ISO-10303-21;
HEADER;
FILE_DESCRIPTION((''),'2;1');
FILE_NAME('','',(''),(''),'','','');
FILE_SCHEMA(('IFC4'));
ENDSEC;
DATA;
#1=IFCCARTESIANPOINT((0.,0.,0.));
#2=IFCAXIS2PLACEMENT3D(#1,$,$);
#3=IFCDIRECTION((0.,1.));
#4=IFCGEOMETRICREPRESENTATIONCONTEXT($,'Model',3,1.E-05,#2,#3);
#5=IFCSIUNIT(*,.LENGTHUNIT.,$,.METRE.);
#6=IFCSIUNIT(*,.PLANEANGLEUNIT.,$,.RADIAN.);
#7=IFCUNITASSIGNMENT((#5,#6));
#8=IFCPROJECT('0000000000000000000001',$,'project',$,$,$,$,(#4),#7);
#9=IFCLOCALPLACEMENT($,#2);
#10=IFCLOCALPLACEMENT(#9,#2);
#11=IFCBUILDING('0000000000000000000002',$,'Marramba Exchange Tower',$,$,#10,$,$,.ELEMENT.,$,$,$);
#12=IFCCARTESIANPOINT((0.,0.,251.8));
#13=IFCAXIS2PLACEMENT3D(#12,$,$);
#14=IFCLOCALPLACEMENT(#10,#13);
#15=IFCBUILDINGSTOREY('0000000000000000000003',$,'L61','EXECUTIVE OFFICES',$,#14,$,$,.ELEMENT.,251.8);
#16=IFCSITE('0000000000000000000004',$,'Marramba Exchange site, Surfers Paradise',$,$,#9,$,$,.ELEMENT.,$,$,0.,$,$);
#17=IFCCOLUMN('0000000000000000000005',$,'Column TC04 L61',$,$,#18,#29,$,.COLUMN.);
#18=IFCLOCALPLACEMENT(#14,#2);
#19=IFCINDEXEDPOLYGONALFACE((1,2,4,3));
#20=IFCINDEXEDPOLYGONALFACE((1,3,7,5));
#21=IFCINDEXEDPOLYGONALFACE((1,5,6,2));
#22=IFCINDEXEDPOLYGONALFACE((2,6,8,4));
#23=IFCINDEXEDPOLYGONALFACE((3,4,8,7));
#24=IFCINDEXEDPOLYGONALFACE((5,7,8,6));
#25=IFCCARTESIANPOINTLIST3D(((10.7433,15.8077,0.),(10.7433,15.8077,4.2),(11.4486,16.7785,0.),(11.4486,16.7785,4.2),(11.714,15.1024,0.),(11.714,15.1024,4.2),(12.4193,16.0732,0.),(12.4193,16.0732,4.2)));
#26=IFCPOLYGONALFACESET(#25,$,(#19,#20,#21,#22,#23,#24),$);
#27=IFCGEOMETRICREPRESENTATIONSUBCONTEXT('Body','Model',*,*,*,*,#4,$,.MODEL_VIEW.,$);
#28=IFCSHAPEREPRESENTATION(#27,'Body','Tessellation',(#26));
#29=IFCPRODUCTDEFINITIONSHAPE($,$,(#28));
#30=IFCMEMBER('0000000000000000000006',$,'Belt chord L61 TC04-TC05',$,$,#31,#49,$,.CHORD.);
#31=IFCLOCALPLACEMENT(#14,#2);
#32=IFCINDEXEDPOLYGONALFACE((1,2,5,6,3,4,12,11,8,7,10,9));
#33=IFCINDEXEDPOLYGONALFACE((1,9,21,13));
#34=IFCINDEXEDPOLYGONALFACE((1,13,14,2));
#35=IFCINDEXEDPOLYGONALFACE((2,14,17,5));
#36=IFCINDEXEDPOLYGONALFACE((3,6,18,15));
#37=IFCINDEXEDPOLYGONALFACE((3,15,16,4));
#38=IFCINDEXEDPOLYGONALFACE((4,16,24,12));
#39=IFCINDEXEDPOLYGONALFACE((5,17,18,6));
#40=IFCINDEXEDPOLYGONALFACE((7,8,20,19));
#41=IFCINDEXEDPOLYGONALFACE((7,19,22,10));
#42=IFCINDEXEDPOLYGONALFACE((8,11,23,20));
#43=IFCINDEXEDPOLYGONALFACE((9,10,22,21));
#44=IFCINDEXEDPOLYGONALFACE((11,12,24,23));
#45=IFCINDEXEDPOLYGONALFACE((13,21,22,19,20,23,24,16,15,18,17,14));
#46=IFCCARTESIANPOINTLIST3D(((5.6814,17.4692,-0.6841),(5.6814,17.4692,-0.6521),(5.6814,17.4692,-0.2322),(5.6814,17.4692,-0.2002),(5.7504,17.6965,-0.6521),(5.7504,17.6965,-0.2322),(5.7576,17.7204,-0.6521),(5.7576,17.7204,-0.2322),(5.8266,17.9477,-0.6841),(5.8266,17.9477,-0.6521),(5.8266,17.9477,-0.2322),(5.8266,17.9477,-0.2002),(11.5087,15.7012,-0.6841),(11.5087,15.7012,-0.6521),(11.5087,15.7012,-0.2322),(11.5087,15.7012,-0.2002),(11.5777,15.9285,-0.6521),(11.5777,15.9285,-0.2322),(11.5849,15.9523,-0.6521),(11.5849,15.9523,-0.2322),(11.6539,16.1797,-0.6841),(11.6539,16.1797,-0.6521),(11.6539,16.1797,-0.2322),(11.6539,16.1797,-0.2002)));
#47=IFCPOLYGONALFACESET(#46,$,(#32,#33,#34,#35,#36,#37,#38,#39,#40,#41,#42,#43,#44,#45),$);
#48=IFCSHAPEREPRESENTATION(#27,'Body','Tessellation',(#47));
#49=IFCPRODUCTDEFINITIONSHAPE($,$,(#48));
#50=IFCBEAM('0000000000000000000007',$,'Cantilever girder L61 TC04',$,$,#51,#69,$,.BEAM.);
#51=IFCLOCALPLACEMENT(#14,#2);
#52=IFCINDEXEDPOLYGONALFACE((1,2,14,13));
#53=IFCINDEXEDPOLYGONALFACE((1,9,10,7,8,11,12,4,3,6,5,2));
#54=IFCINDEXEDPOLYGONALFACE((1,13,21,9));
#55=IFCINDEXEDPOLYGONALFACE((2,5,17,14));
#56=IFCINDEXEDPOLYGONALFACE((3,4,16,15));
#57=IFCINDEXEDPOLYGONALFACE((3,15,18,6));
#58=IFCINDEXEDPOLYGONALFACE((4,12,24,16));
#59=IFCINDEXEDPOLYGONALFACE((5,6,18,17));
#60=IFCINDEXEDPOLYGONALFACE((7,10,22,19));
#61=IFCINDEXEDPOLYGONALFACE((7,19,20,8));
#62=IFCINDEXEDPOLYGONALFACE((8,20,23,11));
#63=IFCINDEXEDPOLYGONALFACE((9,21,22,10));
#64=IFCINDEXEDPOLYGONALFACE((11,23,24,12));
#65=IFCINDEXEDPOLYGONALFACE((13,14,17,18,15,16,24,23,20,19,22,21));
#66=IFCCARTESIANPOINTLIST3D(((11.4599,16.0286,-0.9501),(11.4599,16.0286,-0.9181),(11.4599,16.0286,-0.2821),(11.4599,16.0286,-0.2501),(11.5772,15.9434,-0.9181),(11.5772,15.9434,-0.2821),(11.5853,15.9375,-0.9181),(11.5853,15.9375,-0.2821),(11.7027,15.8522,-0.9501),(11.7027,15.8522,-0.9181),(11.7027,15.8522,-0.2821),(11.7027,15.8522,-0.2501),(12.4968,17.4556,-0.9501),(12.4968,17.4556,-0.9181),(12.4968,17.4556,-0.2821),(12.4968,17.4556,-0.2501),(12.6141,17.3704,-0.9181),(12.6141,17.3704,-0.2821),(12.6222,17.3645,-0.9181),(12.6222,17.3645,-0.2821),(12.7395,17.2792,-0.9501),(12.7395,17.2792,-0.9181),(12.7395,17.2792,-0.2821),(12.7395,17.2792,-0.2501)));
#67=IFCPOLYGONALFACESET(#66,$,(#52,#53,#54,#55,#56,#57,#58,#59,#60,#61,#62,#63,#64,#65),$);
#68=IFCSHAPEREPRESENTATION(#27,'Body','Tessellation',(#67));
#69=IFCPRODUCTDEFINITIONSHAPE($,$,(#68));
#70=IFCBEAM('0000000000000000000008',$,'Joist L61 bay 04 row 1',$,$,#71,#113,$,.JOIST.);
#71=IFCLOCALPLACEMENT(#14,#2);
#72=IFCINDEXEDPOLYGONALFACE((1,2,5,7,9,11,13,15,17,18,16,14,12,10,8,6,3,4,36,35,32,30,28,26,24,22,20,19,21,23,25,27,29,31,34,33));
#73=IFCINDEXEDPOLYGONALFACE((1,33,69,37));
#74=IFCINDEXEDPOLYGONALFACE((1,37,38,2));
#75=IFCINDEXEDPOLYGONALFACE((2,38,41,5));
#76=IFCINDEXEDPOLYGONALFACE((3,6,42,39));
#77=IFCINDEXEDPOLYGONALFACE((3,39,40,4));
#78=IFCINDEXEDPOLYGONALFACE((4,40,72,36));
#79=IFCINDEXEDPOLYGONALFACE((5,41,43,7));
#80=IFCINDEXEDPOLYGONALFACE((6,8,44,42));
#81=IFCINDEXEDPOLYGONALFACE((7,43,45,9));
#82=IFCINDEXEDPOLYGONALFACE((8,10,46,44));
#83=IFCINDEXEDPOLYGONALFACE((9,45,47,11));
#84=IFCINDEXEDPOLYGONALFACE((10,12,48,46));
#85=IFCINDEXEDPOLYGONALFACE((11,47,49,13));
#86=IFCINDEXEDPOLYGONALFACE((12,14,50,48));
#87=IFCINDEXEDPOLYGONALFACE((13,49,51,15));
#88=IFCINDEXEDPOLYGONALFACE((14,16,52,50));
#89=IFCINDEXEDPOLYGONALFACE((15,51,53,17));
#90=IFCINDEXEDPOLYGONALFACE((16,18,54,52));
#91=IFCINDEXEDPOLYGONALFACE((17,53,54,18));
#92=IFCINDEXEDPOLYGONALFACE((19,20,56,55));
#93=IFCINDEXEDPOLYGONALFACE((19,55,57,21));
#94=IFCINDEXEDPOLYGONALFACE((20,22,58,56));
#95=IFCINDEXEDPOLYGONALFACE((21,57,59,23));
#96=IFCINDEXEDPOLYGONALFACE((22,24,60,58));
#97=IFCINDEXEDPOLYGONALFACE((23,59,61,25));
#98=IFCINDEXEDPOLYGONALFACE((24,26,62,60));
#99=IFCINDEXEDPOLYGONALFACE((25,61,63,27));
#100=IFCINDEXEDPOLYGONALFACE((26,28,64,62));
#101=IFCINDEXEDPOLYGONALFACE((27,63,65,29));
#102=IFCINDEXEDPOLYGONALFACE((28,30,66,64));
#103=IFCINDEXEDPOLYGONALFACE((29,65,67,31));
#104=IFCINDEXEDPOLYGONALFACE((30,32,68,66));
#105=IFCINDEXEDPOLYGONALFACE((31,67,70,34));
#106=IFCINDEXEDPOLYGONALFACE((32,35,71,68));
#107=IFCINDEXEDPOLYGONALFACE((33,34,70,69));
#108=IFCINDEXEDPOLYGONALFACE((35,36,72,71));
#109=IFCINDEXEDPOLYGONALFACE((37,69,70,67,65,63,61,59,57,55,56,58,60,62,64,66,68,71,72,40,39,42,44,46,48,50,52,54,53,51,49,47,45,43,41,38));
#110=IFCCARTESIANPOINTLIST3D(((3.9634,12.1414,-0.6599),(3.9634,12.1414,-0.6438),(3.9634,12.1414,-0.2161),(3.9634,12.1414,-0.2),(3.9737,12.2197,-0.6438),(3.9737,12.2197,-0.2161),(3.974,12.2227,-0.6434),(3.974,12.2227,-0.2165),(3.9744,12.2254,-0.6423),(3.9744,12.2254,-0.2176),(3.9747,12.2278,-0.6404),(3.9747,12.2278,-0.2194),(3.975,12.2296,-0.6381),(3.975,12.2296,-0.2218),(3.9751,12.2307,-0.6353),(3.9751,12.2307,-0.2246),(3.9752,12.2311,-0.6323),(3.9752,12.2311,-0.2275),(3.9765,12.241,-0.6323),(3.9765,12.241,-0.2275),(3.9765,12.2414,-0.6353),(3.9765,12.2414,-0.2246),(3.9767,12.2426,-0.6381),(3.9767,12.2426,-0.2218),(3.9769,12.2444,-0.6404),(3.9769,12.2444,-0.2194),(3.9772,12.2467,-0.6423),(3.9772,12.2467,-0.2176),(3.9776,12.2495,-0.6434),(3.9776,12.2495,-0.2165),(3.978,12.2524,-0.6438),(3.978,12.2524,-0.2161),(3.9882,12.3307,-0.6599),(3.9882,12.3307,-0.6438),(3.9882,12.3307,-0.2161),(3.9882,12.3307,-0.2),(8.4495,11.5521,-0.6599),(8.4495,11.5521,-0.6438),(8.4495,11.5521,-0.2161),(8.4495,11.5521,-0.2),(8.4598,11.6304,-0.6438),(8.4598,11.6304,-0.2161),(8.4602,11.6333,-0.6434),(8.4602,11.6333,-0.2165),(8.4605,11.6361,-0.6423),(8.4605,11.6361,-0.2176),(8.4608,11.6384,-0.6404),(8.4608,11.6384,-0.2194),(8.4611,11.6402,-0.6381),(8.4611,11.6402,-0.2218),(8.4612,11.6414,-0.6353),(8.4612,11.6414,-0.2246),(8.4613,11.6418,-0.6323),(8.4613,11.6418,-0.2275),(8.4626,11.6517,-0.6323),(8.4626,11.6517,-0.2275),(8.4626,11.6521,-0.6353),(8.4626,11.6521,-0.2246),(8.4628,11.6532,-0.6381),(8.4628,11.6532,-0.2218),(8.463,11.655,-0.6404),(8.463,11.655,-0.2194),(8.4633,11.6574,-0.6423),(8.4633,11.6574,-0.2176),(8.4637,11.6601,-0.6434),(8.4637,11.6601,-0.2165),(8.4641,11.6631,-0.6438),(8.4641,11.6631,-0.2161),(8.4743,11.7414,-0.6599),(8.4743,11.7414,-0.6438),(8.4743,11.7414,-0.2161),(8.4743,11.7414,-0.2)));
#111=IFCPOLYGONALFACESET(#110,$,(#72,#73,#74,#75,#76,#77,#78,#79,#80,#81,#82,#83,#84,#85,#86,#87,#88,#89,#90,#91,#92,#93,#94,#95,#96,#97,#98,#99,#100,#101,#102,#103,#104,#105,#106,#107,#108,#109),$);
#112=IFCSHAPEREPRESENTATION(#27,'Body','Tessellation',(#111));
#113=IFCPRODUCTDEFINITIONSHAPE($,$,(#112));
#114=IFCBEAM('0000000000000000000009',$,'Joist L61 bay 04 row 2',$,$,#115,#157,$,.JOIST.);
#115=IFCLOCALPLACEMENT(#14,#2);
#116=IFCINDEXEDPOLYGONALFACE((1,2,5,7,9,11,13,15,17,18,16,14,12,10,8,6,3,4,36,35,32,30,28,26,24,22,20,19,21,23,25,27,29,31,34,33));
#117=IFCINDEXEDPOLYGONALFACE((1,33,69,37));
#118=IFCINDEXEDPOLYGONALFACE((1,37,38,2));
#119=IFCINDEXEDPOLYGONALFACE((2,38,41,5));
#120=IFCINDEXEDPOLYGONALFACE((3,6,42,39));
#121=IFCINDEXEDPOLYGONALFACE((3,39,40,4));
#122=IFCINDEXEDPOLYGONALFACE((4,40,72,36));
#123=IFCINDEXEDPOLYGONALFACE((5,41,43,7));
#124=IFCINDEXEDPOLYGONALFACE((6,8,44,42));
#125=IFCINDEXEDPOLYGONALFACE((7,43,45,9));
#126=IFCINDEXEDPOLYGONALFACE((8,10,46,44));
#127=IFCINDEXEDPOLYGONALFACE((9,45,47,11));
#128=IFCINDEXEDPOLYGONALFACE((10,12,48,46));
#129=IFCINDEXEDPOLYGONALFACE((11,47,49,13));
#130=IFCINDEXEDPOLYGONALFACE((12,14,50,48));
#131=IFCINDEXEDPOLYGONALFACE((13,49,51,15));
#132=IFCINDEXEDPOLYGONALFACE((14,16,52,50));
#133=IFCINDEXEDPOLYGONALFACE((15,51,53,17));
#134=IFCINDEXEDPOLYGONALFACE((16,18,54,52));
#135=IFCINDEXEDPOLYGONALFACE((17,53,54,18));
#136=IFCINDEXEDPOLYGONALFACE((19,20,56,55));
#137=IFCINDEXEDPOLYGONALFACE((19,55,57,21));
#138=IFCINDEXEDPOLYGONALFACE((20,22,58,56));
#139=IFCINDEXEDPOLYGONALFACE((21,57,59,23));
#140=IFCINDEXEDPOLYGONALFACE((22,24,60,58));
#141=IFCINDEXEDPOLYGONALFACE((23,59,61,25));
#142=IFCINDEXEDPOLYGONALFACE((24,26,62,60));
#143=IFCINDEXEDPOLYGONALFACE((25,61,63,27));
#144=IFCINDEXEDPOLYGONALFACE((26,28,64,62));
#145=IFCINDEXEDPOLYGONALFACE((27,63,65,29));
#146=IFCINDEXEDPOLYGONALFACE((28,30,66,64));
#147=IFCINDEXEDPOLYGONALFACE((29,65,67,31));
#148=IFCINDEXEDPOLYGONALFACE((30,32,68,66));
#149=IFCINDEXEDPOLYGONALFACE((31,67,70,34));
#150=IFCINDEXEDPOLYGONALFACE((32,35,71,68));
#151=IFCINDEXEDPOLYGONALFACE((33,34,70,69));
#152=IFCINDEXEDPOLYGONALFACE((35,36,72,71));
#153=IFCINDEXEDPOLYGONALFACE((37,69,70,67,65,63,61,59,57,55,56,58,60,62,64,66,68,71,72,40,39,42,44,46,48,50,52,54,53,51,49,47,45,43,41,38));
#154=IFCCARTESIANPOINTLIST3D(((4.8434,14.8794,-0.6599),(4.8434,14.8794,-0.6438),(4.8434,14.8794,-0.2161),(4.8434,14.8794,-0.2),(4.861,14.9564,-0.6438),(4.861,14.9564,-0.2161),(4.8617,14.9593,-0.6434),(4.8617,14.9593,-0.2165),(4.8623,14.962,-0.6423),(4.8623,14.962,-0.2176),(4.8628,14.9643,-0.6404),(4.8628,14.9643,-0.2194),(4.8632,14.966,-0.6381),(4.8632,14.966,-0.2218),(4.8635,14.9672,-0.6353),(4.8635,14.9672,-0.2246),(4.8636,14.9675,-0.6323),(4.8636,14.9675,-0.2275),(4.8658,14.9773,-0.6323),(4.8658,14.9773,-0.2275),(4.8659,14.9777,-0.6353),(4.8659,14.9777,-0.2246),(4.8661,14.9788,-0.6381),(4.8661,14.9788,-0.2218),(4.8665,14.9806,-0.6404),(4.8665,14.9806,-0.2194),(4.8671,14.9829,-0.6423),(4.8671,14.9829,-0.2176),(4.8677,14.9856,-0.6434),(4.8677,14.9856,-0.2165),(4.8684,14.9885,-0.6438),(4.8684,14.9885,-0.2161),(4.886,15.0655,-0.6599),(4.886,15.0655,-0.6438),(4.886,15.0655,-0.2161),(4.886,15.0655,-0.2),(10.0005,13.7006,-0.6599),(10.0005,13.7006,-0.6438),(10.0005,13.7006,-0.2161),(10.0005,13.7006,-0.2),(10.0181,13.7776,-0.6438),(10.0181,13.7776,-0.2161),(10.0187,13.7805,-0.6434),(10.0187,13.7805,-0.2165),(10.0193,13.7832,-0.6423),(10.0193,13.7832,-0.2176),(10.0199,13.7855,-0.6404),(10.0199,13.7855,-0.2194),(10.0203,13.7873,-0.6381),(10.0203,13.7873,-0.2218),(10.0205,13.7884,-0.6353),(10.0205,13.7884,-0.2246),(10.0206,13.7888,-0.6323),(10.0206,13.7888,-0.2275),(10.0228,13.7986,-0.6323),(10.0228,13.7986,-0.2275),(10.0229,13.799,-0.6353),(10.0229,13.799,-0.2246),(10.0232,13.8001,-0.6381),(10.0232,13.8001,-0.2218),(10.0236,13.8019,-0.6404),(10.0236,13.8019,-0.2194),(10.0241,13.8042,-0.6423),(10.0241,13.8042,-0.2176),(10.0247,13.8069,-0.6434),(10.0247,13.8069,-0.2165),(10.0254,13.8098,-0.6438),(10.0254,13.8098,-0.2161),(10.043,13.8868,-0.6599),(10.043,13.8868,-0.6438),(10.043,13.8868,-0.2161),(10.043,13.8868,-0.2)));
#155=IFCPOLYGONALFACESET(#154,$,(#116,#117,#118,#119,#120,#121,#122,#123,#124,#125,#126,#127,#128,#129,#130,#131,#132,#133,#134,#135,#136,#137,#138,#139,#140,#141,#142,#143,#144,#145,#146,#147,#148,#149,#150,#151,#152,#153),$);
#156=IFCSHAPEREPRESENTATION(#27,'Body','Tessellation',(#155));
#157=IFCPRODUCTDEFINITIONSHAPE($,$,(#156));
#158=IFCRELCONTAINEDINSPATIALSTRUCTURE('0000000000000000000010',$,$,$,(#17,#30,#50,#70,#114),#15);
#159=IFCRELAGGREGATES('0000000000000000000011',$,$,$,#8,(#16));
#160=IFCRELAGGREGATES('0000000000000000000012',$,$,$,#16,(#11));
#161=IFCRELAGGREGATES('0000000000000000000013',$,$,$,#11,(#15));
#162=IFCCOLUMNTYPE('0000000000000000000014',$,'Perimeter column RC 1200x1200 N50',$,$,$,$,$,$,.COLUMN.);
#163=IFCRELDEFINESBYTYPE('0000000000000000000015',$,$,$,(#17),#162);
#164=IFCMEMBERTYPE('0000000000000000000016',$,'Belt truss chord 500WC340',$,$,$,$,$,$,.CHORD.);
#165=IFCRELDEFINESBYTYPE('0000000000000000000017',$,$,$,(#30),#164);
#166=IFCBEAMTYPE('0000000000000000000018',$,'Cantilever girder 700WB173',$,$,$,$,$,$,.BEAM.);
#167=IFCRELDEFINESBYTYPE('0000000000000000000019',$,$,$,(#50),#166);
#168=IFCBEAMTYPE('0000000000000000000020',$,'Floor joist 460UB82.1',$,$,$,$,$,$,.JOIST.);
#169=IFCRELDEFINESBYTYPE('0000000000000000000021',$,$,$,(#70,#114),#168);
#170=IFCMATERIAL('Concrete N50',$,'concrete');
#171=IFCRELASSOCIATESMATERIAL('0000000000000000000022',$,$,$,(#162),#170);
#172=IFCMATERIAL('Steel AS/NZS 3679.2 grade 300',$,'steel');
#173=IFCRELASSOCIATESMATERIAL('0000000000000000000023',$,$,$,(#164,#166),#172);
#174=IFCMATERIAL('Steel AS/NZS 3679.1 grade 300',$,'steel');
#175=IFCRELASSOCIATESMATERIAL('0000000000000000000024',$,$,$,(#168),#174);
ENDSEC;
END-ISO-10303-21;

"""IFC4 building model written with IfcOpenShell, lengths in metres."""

from ifc_helpers import new_model, si_unit, direction, frame, origin, origin_2d, place, context, subcontext, project, spatial, rectangle, i_section, extrude, material, material_profile, profile_set, type_object, element, save


model = new_model("IFC4")

# Units and contexts
model_context = context("Model", 3, precision=1e-05, world=origin(), true_north=direction((0.0, 1.0)))
body_context = subcontext(model_context, "Body", "Model", "MODEL_VIEW")
ifc_project = project(units=[si_unit("LENGTHUNIT", "METRE"), si_unit("PLANEANGLEUNIT", "RADIAN")], contexts=[model_context])

# Site, building, storey
site_placement = place(None, origin())
site = spatial("IfcSite", under=ifc_project, at=site_placement, Name="Marramba Exchange site, Surfers Paradise", CompositionType="ELEMENT", RefElevation=0.0)
building_placement = place(site_placement, origin())
building = spatial("IfcBuilding", under=site, at=building_placement, Name="Marramba Exchange Tower", CompositionType="ELEMENT")
storey_placement = place(building_placement, frame((0.0, 0.0, 251.8)))
storey = spatial("IfcBuildingStorey", under=building, at=storey_placement, Name="L61", Description="EXECUTIVE OFFICES", CompositionType="ELEMENT", Elevation=251.8)

# Column
ifc_material_1 = material(Name="Concrete N50", Category="concrete")
ifc_material_profile_1 = material_profile(ifc_material_1, rectangle(XDim=1.2, YDim=1.2, at=origin_2d()), Name="RC 1200x1200")
ifc_profile_set_1 = profile_set([ifc_material_profile_1], Name="Concrete N50")
column_type = type_object("IfcColumnType", Name="Perimeter column RC 1200x1200 N50", PredefinedType="COLUMN", material=ifc_profile_set_1)
column_placement = place(storey_placement, frame((11.5813, 15.9404, 0.0), z_axis=(0.0, 0.0, 1.0), x_axis=(0.587785, 0.809017, 0.0)))
element("IfcColumn", 1, at=column_placement, inside=storey, type_object=column_type, Name="Column TC04 L61", PredefinedType="COLUMN", context=body_context, shape_type="SweptSolid", body=[
    extrude(rectangle(XDim=1.2, YDim=1.2, at=origin_2d()), origin(), (0.0, 0.0, 1.0), 4.2),
])

# Member
ifc_material_2 = material(Name="Steel AS/NZS 3679.2 grade 300", Category="steel")
ifc_material_profile_2 = material_profile(ifc_material_2, i_section(OverallWidth=0.5, OverallDepth=0.4839, WebThickness=0.0249, FlangeThickness=0.032, at=origin_2d()), Name="500WC340")
ifc_profile_set_2 = profile_set([ifc_material_profile_2], Name="Steel AS/NZS 3679.2 grade 300")
member_type = type_object("IfcMemberType", Name="Belt truss chord 500WC340", PredefinedType="CHORD", material=ifc_profile_set_2)
member_placement = place(storey_placement, frame((11.5813, 15.9404, -0.4421), z_axis=(-0.956925, 0.290337, 0.0), x_axis=(-0.290337, -0.956925, 0.0)))
element("IfcMember", 2, at=member_placement, inside=storey, type_object=member_type, Name="Belt chord L61 TC04-TC05", PredefinedType="CHORD", context=body_context, shape_type="SweptSolid", body=[
    extrude(i_section(OverallWidth=0.5, OverallDepth=0.4839, WebThickness=0.0249, FlangeThickness=0.032, at=origin_2d()), origin(), (0.0, 0.0, 1.0), 6.0896),
])

# Beams
ifc_material_profile_3 = material_profile(ifc_material_2, i_section(OverallWidth=0.3, OverallDepth=0.7, WebThickness=0.01, FlangeThickness=0.032, at=origin_2d()), Name="700WB173")
ifc_profile_set_3 = profile_set([ifc_material_profile_3], Name="Steel AS/NZS 3679.2 grade 300")
beam_type_1 = type_object("IfcBeamType", Name="Cantilever girder 700WB173", PredefinedType="BEAM", material=ifc_profile_set_3)
beam_1_placement = place(storey_placement, frame((11.5813, 15.9404, -0.6001), z_axis=(0.587818, 0.808993, 0.0), x_axis=(-0.808993, 0.587818, 0.0)))
element("IfcBeam", 3, at=beam_1_placement, inside=storey, type_object=beam_type_1, Name="Cantilever girder L61 TC04", PredefinedType="BEAM", context=body_context, shape_type="SweptSolid", body=[
    extrude(i_section(OverallWidth=0.3, OverallDepth=0.7, WebThickness=0.01, FlangeThickness=0.032, at=origin_2d()), origin(), (0.0, 0.0, 1.0), 1.7639),
])
ifc_material_3 = material(Name="Steel AS/NZS 3679.1 grade 300", Category="steel")
ifc_material_profile_4 = material_profile(ifc_material_3, i_section(OverallWidth=0.1909, OverallDepth=0.46, WebThickness=0.01, FlangeThickness=0.0161, FilletRadius=0.0115, at=origin_2d()), Name="460UB82.1")
ifc_profile_set_4 = profile_set([ifc_material_profile_4], Name="Steel AS/NZS 3679.1 grade 300")
beam_type_2 = type_object("IfcBeamType", Name="Floor joist 460UB82.1", PredefinedType="JOIST", material=ifc_profile_set_4)
beam_2_placement = place(storey_placement, frame((8.4619, 11.6467, -0.4299), z_axis=(-0.991481, 0.130255, 0.0), x_axis=(-0.130255, -0.991481, 0.0)))
element("IfcBeam", 4, at=beam_2_placement, inside=storey, type_object=beam_type_2, Name="Joist L61 bay 04 row 1", PredefinedType="JOIST", context=body_context, shape_type="SweptSolid", body=[
    extrude(i_section(OverallWidth=0.1909, OverallDepth=0.46, WebThickness=0.01, FlangeThickness=0.0161, FilletRadius=0.0115, at=origin_2d()), origin(), (0.0, 0.0, 1.0), 4.5247),
])
beam_3_placement = place(storey_placement, frame((10.0217, 13.7937, -0.4299), z_axis=(-0.97486, 0.22282, 0.0), x_axis=(-0.22282, -0.97486, 0.0)))
element("IfcBeam", 5, at=beam_3_placement, inside=storey, type_object=beam_type_2, Name="Joist L61 bay 04 row 2", PredefinedType="JOIST", context=body_context, shape_type="SweptSolid", body=[
    extrude(i_section(OverallWidth=0.1909, OverallDepth=0.46, WebThickness=0.01, FlangeThickness=0.0161, FilletRadius=0.0115, at=origin_2d()), origin(), (0.0, 0.0, 1.0), 5.29),
])

save(model, "model.ifc")
